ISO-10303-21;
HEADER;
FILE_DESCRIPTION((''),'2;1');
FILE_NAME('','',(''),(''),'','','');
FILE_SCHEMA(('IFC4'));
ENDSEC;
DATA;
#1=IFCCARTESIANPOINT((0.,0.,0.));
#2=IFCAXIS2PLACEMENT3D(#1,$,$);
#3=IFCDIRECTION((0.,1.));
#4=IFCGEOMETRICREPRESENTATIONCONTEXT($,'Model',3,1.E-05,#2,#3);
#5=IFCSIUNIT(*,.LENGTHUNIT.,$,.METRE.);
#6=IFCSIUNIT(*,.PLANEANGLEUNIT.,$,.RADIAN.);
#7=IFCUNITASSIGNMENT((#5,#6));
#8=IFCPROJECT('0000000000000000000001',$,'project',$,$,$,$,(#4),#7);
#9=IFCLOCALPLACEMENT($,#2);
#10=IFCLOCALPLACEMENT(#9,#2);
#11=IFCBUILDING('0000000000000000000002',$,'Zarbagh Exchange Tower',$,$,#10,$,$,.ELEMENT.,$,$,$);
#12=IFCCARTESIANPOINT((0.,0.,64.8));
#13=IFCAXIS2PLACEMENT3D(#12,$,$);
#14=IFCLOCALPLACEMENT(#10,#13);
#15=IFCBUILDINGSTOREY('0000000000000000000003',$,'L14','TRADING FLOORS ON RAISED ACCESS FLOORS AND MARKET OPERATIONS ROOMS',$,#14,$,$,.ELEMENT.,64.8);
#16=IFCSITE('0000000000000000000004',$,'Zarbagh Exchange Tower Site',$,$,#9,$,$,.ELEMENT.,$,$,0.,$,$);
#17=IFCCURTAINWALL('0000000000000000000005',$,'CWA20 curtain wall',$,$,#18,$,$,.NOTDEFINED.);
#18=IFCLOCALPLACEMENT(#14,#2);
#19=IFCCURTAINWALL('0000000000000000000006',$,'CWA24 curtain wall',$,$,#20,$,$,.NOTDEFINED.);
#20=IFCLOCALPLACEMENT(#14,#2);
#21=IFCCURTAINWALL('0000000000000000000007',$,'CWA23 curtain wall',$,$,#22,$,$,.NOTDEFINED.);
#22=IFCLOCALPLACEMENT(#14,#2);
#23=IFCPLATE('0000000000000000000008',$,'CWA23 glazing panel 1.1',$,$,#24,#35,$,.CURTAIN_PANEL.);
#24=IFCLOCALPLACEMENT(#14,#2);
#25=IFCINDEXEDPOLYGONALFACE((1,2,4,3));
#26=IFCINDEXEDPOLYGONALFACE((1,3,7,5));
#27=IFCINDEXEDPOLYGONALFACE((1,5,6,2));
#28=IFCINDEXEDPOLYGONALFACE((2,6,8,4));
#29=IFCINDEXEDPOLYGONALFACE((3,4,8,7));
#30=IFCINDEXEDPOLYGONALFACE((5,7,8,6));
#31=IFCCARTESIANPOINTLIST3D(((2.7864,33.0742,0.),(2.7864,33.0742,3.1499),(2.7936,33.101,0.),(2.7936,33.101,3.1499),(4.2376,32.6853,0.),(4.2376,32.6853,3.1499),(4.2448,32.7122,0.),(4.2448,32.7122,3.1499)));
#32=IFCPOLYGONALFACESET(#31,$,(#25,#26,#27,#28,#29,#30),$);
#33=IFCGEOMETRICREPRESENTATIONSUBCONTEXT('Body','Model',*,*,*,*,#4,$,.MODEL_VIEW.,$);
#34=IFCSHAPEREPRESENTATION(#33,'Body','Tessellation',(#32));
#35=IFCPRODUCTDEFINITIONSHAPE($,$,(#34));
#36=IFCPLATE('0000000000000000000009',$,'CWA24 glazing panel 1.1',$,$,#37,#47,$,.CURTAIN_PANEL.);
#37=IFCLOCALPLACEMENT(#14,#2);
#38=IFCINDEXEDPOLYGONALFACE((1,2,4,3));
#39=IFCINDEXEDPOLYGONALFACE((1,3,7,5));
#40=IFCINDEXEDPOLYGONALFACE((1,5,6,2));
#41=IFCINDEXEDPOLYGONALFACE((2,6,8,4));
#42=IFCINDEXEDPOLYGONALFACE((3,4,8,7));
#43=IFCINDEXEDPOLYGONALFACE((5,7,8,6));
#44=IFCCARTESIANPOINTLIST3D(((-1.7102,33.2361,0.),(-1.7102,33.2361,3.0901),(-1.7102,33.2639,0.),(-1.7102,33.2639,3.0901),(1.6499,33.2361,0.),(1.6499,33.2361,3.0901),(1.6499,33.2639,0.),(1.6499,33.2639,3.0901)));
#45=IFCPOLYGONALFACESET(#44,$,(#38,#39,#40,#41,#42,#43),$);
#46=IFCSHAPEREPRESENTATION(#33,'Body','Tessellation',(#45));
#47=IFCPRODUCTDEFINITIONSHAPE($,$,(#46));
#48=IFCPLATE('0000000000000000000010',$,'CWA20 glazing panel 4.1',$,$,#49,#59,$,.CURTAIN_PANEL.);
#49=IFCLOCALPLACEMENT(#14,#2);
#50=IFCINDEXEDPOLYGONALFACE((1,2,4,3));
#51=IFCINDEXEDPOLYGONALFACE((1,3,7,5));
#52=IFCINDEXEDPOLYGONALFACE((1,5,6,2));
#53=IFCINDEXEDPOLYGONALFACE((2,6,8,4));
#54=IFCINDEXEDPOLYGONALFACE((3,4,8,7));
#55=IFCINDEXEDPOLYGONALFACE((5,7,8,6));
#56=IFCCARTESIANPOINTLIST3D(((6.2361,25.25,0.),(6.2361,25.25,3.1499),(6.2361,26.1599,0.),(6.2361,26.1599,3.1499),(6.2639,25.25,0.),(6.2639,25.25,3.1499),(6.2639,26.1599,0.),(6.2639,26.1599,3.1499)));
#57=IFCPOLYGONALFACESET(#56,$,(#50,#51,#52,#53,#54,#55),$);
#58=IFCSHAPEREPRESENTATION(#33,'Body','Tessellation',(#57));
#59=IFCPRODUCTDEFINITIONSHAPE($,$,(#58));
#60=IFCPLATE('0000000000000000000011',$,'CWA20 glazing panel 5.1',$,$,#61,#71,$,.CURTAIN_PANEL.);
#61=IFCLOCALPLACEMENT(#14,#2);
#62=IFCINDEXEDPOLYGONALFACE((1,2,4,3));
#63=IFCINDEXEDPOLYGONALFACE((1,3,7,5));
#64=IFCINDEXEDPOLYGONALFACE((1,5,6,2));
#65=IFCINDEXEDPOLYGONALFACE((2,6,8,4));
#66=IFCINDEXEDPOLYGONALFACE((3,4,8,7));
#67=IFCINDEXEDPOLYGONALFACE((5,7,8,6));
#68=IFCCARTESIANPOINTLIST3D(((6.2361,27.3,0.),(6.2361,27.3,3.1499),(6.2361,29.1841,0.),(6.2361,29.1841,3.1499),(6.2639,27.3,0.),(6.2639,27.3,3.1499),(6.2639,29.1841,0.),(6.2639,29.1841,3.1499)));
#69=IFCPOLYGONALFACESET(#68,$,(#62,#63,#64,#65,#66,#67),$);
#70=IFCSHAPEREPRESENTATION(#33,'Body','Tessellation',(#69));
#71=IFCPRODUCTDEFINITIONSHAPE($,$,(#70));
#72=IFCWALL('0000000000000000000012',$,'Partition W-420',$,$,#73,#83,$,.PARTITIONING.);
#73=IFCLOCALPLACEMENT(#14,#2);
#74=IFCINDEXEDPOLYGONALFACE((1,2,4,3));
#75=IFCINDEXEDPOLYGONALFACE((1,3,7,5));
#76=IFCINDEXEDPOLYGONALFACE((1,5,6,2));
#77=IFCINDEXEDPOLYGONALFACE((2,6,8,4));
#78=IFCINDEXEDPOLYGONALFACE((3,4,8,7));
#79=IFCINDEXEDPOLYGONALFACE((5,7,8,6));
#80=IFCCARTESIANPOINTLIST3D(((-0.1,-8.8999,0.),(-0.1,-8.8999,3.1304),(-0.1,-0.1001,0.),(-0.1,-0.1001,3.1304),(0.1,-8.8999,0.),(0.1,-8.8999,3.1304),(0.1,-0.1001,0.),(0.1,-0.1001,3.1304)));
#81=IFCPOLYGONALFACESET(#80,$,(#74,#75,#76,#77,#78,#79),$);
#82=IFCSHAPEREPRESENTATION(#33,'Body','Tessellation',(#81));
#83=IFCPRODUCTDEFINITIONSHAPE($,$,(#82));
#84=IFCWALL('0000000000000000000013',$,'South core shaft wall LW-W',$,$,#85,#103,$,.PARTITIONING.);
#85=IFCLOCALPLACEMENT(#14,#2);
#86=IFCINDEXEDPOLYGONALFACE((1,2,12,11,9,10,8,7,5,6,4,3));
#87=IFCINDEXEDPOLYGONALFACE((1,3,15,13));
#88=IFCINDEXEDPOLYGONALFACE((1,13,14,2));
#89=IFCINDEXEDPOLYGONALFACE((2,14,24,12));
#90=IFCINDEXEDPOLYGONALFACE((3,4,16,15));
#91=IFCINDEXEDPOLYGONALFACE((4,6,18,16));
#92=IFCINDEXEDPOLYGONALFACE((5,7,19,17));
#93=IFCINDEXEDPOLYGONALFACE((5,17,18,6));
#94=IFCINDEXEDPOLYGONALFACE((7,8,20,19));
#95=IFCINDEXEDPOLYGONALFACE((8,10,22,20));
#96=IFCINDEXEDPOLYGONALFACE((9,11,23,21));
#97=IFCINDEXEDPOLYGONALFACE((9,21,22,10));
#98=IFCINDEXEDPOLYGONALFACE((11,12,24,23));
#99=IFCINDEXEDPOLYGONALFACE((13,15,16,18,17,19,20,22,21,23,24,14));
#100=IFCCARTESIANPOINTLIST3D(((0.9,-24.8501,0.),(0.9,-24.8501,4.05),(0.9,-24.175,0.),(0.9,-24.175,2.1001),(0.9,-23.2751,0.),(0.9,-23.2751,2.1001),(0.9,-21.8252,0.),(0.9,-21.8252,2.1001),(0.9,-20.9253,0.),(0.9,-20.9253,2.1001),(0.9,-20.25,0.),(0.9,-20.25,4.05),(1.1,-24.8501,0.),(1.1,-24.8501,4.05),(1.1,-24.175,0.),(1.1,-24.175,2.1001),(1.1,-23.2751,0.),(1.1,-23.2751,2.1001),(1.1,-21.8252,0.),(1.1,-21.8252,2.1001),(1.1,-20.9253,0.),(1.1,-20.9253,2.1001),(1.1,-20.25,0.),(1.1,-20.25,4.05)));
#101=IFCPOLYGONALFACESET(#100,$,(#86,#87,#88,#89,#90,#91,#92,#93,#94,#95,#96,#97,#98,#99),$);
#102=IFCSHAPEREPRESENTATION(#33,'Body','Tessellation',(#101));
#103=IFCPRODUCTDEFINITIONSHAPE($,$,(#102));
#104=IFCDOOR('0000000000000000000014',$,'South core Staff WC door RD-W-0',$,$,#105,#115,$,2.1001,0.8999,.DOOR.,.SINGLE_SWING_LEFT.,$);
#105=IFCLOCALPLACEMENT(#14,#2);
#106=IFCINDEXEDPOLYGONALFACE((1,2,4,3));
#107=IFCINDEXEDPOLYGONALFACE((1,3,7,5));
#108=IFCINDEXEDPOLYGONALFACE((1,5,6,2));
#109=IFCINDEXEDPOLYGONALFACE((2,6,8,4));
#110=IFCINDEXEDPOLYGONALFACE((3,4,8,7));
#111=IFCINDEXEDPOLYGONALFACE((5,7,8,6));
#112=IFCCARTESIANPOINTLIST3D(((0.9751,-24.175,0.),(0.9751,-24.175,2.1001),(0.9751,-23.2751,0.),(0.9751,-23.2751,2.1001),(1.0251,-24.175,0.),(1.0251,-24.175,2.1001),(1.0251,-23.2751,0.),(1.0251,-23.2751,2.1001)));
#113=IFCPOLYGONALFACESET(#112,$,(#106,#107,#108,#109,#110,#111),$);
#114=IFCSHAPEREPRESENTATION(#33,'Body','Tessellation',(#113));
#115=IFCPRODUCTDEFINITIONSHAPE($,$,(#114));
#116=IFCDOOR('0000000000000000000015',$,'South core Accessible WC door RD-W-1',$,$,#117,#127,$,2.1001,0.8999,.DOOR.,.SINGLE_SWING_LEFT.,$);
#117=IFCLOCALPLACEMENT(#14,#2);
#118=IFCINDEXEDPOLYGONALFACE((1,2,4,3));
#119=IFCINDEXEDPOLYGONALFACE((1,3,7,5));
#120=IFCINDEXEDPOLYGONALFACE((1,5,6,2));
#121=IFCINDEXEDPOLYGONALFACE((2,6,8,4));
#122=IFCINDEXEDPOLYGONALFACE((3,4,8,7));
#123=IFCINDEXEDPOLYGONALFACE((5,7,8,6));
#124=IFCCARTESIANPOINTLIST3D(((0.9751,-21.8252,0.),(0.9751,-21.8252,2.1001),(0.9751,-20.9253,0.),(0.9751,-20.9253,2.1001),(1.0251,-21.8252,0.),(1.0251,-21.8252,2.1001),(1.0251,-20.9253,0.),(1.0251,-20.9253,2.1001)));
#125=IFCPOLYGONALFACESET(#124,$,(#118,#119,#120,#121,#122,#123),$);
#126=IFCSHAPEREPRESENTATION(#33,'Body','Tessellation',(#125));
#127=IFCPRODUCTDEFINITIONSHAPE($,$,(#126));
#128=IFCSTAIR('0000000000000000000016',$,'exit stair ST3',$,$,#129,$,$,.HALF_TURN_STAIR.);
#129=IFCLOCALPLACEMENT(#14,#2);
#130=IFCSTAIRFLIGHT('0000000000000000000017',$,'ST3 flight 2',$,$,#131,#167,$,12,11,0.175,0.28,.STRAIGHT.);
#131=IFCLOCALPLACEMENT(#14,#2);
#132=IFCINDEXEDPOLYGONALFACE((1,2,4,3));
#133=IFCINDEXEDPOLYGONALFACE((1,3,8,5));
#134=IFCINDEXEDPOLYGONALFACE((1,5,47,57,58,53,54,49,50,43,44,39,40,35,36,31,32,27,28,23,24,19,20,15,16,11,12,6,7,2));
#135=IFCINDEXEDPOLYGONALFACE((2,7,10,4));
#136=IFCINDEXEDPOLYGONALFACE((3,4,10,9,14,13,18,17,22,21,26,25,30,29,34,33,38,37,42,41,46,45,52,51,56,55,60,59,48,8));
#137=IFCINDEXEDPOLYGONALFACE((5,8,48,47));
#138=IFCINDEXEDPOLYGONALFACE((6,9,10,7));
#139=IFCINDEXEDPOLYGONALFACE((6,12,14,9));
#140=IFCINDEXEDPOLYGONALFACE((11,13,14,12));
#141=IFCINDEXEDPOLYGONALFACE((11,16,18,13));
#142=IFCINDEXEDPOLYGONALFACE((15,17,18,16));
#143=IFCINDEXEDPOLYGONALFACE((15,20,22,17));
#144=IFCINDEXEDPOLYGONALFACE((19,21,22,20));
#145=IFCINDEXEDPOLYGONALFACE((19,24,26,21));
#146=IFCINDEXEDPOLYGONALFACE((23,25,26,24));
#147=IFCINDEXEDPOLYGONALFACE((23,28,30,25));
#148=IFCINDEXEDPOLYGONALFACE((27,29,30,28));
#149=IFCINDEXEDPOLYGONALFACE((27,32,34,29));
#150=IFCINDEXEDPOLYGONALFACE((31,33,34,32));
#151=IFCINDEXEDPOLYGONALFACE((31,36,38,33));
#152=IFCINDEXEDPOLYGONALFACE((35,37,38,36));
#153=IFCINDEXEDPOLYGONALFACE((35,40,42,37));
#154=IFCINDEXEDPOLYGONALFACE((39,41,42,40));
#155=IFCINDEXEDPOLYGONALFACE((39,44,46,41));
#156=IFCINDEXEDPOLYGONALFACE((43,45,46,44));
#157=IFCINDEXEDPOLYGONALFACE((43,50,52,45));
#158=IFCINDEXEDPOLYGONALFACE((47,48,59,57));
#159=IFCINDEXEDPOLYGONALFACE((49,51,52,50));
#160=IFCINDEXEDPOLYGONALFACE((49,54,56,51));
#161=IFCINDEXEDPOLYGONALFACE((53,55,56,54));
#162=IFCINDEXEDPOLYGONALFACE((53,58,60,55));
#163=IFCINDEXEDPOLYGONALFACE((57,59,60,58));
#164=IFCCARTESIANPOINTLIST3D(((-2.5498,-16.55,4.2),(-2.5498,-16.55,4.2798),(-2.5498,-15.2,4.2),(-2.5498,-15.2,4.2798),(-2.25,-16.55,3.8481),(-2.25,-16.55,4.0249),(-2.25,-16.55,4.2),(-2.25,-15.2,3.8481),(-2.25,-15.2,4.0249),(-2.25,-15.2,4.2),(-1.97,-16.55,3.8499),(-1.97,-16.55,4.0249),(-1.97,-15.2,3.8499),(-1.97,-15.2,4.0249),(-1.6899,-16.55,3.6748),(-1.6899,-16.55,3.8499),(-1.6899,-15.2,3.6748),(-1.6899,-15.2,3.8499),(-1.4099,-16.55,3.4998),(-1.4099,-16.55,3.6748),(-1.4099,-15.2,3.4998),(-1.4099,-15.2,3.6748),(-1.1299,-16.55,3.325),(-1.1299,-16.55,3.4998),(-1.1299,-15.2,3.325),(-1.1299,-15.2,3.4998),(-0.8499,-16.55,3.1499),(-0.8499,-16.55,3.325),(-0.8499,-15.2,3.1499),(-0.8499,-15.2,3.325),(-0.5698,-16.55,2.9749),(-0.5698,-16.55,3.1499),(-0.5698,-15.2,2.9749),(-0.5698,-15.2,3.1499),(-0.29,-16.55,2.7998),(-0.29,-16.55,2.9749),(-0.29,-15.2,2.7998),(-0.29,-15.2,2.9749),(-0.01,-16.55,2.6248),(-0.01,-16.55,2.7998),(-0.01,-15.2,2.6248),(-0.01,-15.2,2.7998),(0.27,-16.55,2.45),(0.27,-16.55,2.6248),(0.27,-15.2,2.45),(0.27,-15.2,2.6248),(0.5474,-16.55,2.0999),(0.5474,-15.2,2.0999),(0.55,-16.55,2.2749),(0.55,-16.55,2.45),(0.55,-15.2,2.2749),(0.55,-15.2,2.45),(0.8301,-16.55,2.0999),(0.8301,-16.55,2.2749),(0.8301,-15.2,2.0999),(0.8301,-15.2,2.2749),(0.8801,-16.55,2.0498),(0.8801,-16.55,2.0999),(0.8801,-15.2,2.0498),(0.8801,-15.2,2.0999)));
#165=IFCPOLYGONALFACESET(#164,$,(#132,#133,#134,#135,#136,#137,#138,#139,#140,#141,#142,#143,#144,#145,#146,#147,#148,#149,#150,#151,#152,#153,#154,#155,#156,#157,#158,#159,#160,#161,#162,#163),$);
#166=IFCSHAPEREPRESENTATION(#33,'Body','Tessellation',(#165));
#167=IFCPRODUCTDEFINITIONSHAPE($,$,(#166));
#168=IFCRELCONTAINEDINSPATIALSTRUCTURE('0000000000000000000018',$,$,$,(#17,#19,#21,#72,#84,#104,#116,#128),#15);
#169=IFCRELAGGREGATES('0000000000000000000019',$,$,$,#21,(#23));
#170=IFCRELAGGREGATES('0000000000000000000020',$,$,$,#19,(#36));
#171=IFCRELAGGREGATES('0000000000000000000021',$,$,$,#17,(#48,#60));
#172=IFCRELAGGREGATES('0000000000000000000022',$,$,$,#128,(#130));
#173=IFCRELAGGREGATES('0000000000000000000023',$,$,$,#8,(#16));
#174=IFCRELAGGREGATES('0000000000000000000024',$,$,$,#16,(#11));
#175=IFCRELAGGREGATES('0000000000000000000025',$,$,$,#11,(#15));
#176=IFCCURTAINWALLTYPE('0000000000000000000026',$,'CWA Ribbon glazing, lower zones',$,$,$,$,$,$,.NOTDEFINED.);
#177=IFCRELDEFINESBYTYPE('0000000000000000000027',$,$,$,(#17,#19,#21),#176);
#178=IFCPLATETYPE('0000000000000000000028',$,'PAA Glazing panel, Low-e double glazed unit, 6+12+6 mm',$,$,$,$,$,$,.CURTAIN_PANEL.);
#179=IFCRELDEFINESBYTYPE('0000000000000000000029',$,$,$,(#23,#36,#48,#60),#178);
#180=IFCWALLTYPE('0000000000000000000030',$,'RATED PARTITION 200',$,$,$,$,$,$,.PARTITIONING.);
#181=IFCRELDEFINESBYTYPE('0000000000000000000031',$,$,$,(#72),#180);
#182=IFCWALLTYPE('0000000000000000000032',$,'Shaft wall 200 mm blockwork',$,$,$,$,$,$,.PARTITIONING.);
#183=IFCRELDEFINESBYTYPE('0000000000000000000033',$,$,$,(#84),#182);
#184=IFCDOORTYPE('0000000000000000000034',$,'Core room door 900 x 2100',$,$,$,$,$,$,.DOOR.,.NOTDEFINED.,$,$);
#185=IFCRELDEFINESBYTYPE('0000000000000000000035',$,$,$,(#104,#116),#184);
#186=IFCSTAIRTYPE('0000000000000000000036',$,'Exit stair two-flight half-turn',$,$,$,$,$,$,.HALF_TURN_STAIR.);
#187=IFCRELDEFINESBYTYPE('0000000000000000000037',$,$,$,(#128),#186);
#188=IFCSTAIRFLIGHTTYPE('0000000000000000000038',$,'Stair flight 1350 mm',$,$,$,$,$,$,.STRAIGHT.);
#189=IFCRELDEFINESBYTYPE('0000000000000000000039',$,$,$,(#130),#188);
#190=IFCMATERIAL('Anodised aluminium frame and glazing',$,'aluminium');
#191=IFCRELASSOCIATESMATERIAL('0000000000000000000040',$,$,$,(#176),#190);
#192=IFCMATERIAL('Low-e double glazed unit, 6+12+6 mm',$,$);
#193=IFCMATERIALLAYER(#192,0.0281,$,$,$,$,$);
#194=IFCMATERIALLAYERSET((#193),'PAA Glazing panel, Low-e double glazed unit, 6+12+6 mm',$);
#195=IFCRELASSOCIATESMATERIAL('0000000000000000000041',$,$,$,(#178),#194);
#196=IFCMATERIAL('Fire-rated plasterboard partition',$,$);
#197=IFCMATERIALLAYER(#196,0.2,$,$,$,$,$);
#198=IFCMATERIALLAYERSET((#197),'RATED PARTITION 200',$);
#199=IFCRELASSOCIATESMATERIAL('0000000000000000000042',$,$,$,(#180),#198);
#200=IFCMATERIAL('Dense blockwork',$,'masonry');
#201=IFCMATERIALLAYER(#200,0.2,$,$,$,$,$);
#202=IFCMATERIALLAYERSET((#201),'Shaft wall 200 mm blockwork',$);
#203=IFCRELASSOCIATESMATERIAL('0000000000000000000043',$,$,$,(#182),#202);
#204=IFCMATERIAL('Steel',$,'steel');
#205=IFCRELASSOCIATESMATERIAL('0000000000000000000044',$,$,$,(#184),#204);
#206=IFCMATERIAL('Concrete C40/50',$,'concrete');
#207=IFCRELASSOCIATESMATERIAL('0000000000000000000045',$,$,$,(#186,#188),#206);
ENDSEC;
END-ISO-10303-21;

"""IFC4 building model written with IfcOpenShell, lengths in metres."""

from ifc_helpers import new_model, si_unit, direction, frame, frame_2d, origin, place, context, subcontext, project, spatial, polyline, rectangle, outline, extrude, source, transform, mapped, material, layer, layer_set, type_object, element, fill, aggregate, save


model = new_model("IFC4")

# Units and contexts
model_context = context("Model", 3, precision=1e-05, world=origin(), true_north=direction((0.0, 1.0)))
body_context = subcontext(model_context, "Body", "Model", "MODEL_VIEW")
ifc_project = project(units=[si_unit("LENGTHUNIT", "METRE"), si_unit("PLANEANGLEUNIT", "RADIAN")], contexts=[model_context])

# Site, building, storey
site_placement = place(None, origin())
site = spatial("IfcSite", under=ifc_project, at=site_placement, Name="Zarbagh Exchange Tower Site", CompositionType="ELEMENT", RefElevation=0.0)
building_placement = place(site_placement, origin())
building = spatial("IfcBuilding", under=site, at=building_placement, Name="Zarbagh Exchange Tower", CompositionType="ELEMENT")
storey_placement = place(building_placement, frame((0.0, 0.0, 64.8)))
storey = spatial("IfcBuildingStorey", under=building, at=storey_placement, Name="L14", Description="TRADING FLOORS ON RAISED ACCESS FLOORS AND MARKET OPERATIONS ROOMS", CompositionType="ELEMENT", Elevation=64.8)

# Curtain wall
ifc_material_1 = material(Name="Anodised aluminium frame and glazing", Category="aluminium")
curtain_wall_type = type_object("IfcCurtainWallType", Name="CWA Ribbon glazing, lower zones", PredefinedType="NOTDEFINED", material=ifc_material_1)
curtain_wall_1_placement = place(storey_placement, origin())
curtain_wall_1 = element("IfcCurtainWall", 1, at=curtain_wall_1_placement, inside=storey, type_object=curtain_wall_type, Name="CWA20 curtain wall", PredefinedType="NOTDEFINED")
placement = place(storey_placement, origin())

# Curtain wall
curtain_wall_2_placement = place(storey_placement, origin())
curtain_wall_2 = element("IfcCurtainWall", 2, at=curtain_wall_2_placement, inside=storey, type_object=curtain_wall_type, Name="CWA24 curtain wall", PredefinedType="NOTDEFINED")

# Shared definitions
ifc_material_2 = material(Name="Low-e double glazed unit, 6+12+6 mm")
ifc_layer_1 = layer(ifc_material_2, 0.0281)
ifc_layer_set_1 = layer_set([ifc_layer_1], Name="PAA Glazing panel, Low-e double glazed unit, 6+12+6 mm")
plate_type = type_object("IfcPlateType", Name="PAA Glazing panel, Low-e double glazed unit, 6+12+6 mm", PredefinedType="CURTAIN_PANEL", material=ifc_layer_set_1)

# Curtain wall, plate
curtain_wall_3_placement = place(storey_placement, origin())
curtain_wall_3 = element("IfcCurtainWall", 3, at=curtain_wall_3_placement, inside=storey, type_object=curtain_wall_type, Name="CWA23 curtain wall", PredefinedType="NOTDEFINED")
shared_shape_1 = source(origin(), body_context, "Body", "SweptSolid", [
    extrude(outline(polyline([(0.0, -0.0139), (1.5024, -0.0139), (1.5024, 0.0139), (0.0, 0.0139), (0.0, -0.0139)])), origin(), (0.0, 0.0, 1.0), 3.1499),
])
plate_1 = element("IfcPlate", 4, at=placement, type_object=plate_type, Name="CWA23 glazing panel 1.1", PredefinedType="CURTAIN_PANEL", context=body_context, shape_type="MappedRepresentation", body=[
    mapped(shared_shape_1, transform((4.2412, 32.6987, 0.0), x_axis=(-0.965924, 0.258825, 0.0), y_axis=(-0.258825, -0.965924, 0.0), z_axis=(0.0, 0.0, 1.0))),
])
aggregate(curtain_wall_3, [plate_1])

# Plates
shared_shape_2 = source(origin(), body_context, "Body", "SweptSolid", [
    extrude(outline(polyline([(0.0, -0.0139), (3.3601, -0.0139), (3.3601, 0.0139), (0.0, 0.0139), (0.0, -0.0139)])), origin(), (0.0, 0.0, 1.0), 3.0901),
])
plate_2 = element("IfcPlate", 5, at=placement, type_object=plate_type, Name="CWA24 glazing panel 1.1", PredefinedType="CURTAIN_PANEL", context=body_context, shape_type="MappedRepresentation", body=[
    mapped(shared_shape_2, transform((1.6499, 33.25, 0.0), x_axis=(-1.0, 0.0, 0.0), y_axis=(0.0, -1.0, 0.0), z_axis=(0.0, 0.0, 1.0))),
])
aggregate(curtain_wall_2, [plate_2])
shared_shape_3 = source(origin(), body_context, "Body", "SweptSolid", [
    extrude(outline(polyline([(0.0, -0.0139), (0.9099, -0.0139), (0.9099, 0.0139), (0.0, 0.0139), (0.0, -0.0139)])), origin(), (0.0, 0.0, 1.0), 3.1499),
])
plate_3 = element("IfcPlate", 6, at=placement, type_object=plate_type, Name="CWA20 glazing panel 4.1", PredefinedType="CURTAIN_PANEL", context=body_context, shape_type="MappedRepresentation", body=[
    mapped(shared_shape_3, transform((6.25, 25.25, 0.0), x_axis=(0.0, 1.0, 0.0), y_axis=(-1.0, 0.0, 0.0), z_axis=(0.0, 0.0, 1.0))),
])
shared_shape_4 = source(origin(), body_context, "Body", "SweptSolid", [
    extrude(outline(polyline([(0.0, -0.0139), (1.884, -0.0139), (1.884, 0.0139), (0.0, 0.0139), (0.0, -0.0139)])), origin(), (0.0, 0.0, 1.0), 3.1499),
])
plate_4 = element("IfcPlate", 7, at=placement, type_object=plate_type, Name="CWA20 glazing panel 5.1", PredefinedType="CURTAIN_PANEL", context=body_context, shape_type="MappedRepresentation", body=[
    mapped(shared_shape_4, transform((6.25, 27.3, 0.0), x_axis=(0.0, 1.0, 0.0), y_axis=(-1.0, 0.0, 0.0), z_axis=(0.0, 0.0, 1.0))),
])
aggregate(curtain_wall_1, [plate_3, plate_4])

# Wall
ifc_material_3 = material(Name="Fire-rated plasterboard partition")
ifc_layer_2 = layer(ifc_material_3, 0.2)
ifc_layer_set_2 = layer_set([ifc_layer_2], Name="RATED PARTITION 200")
wall_type_1 = type_object("IfcWallType", Name="RATED PARTITION 200", PredefinedType="PARTITIONING", material=ifc_layer_set_2)
wall_1_placement = place(storey_placement, frame((0.0, -8.8999, 0.0), z_axis=(0.0, 0.0, 1.0), x_axis=(0.0, 1.0, 0.0)))
element("IfcWall", 8, at=wall_1_placement, inside=storey, type_object=wall_type_1, Name="Partition W-420", PredefinedType="PARTITIONING", context=body_context, shape_type="SweptSolid", body=[
    extrude(rectangle(XDim=8.7998, YDim=0.2, at=frame_2d((4.3999, 0.0))), origin(), (0.0, 0.0, 1.0), 3.1304),
])

# Wall, openings, doors
ifc_material_4 = material(Name="Dense blockwork", Category="masonry")
ifc_layer_3 = layer(ifc_material_4, 0.2)
ifc_layer_set_3 = layer_set([ifc_layer_3], Name="Shaft wall 200 mm blockwork")
wall_type_2 = type_object("IfcWallType", Name="Shaft wall 200 mm blockwork", PredefinedType="PARTITIONING", material=ifc_layer_set_3)
wall_2_placement = place(storey_placement, frame((1.0, -24.8501, 0.0), z_axis=(0.0, 0.0, 1.0), x_axis=(0.0, 1.0, 0.0)))
wall_2 = element("IfcWall", 9, at=wall_2_placement, inside=storey, type_object=wall_type_2, Name="South core shaft wall LW-W", PredefinedType="PARTITIONING", context=body_context, shape_type="SweptSolid", body=[
    extrude(rectangle(XDim=4.6001, YDim=0.2, at=frame_2d((2.3, 0.0))), origin(), (0.0, 0.0, 1.0), 4.05),
])
opening_1_placement = place(wall_2_placement, frame((0.675, 0.0, 0.0)))
opening_1 = element("IfcOpeningElement", 10, at=opening_1_placement, cuts=wall_2, PredefinedType="OPENING", context=body_context, shape_type="SweptSolid", body=[
    extrude(rectangle(XDim=0.8999, YDim=2.1001, at=frame_2d((0.45, 1.05))), frame((0.0, 0.1099, 0.0), z_axis=(0.0, -1.0, 0.0), x_axis=(1.0, 0.0, 0.0)), (0.0, 0.0, 1.0), 0.22),
])
opening_2_placement = place(wall_2_placement, frame((3.0249, 0.0, 0.0)))
opening_2 = element("IfcOpeningElement", 11, at=opening_2_placement, cuts=wall_2, PredefinedType="OPENING", context=body_context, shape_type="SweptSolid", body=[
    extrude(rectangle(XDim=0.8999, YDim=2.1001, at=frame_2d((0.45, 1.05))), frame((0.0, 0.1099, 0.0), z_axis=(0.0, -1.0, 0.0), x_axis=(1.0, 0.0, 0.0)), (0.0, 0.0, 1.0), 0.22),
])
ifc_material_5 = material(Name="Steel", Category="steel")
door_type = type_object("IfcDoorType", Name="Core room door 900 x 2100", OperationType="NOTDEFINED", PredefinedType="DOOR", material=ifc_material_5)
door_1_placement = place(opening_1_placement, origin())
door_1 = element("IfcDoor", 12, at=door_1_placement, inside=storey, type_object=door_type, Name="South core Staff WC door RD-W-0", OperationType="SINGLE_SWING_LEFT", OverallHeight=2.1001, OverallWidth=0.8999, PredefinedType="DOOR", context=body_context, shape_type="SweptSolid", body=[
    extrude(rectangle(XDim=0.8999, YDim=2.1001, at=frame_2d((0.45, 1.05))), frame((0.0, 0.0249, 0.0), z_axis=(0.0, -1.0, 0.0), x_axis=(1.0, 0.0, 0.0)), (0.0, 0.0, 1.0), 0.05),
])
fill(opening_1, door_1)
door_2_placement = place(opening_2_placement, origin())
door_2 = element("IfcDoor", 13, at=door_2_placement, inside=storey, type_object=door_type, Name="South core Accessible WC door RD-W-1", OperationType="SINGLE_SWING_LEFT", OverallHeight=2.1001, OverallWidth=0.8999, PredefinedType="DOOR", context=body_context, shape_type="SweptSolid", body=[
    extrude(rectangle(XDim=0.8999, YDim=2.1001, at=frame_2d((0.45, 1.05))), frame((0.0, 0.0249, 0.0), z_axis=(0.0, -1.0, 0.0), x_axis=(1.0, 0.0, 0.0)), (0.0, 0.0, 1.0), 0.05),
])
fill(opening_2, door_2)

# Stair, stair flight
ifc_material_6 = material(Name="Concrete C40/50", Category="concrete")
stair_type = type_object("IfcStairType", Name="Exit stair two-flight half-turn", PredefinedType="HALF_TURN_STAIR", material=ifc_material_6)
stair_1_placement = place(storey_placement, origin())
stair_1 = element("IfcStair", 14, at=stair_1_placement, inside=storey, type_object=stair_type, Name="exit stair ST3", PredefinedType="HALF_TURN_STAIR")
stair_flight_type = type_object("IfcStairFlightType", Name="Stair flight 1350 mm", PredefinedType="STRAIGHT", material=ifc_material_6)
stair_flight_1_placement = place(storey_placement, frame((0.8301, -15.875, 2.0999), z_axis=(0.0, 0.0, 1.0), x_axis=(-1.0, 0.0, 0.0)))
stair_flight_1 = element("IfcStairFlight", 15, at=stair_flight_1_placement, type_object=stair_flight_type, Name="ST3 flight 2", NumberOfRisers=12, NumberOfTreads=11, PredefinedType="STRAIGHT", RiserHeight=0.175, TreadLength=0.28, context=body_context, shape_type="SweptSolid", body=[
    extrude(outline(polyline([(-0.05, -0.05), (-0.05, 0.0), (0.0, 0.0), (0.0, 0.175), (0.28, 0.175), (0.28, 0.3501), (0.5601, 0.3501), (0.5601, 0.5249), (0.8401, 0.5249), (0.8401, 0.7), (1.1201, 0.7), (1.1201, 0.875), (1.3999, 0.875), (1.3999, 1.05), (1.6799, 1.05), (1.6799, 1.2251), (1.96, 1.2251), (1.96, 1.3999), (2.24, 1.3999), (2.24, 1.575), (2.52, 1.575), (2.52, 1.75), (2.8, 1.75), (2.8, 1.925), (3.0801, 1.925), (3.0801, 2.1001), (3.3799, 2.1799), (3.3799, 2.1001), (3.0801, 1.7483), (0.2827, 0.0), (-0.05, -0.05)])), frame((0.0, 0.675, 0.0), z_axis=(0.0, -1.0, 0.0), x_axis=(1.0, 0.0, 0.0)), (0.0, 0.0, 1.0), 1.3501),
])
aggregate(stair_1, [stair_flight_1])

save(model, "model.ifc")
